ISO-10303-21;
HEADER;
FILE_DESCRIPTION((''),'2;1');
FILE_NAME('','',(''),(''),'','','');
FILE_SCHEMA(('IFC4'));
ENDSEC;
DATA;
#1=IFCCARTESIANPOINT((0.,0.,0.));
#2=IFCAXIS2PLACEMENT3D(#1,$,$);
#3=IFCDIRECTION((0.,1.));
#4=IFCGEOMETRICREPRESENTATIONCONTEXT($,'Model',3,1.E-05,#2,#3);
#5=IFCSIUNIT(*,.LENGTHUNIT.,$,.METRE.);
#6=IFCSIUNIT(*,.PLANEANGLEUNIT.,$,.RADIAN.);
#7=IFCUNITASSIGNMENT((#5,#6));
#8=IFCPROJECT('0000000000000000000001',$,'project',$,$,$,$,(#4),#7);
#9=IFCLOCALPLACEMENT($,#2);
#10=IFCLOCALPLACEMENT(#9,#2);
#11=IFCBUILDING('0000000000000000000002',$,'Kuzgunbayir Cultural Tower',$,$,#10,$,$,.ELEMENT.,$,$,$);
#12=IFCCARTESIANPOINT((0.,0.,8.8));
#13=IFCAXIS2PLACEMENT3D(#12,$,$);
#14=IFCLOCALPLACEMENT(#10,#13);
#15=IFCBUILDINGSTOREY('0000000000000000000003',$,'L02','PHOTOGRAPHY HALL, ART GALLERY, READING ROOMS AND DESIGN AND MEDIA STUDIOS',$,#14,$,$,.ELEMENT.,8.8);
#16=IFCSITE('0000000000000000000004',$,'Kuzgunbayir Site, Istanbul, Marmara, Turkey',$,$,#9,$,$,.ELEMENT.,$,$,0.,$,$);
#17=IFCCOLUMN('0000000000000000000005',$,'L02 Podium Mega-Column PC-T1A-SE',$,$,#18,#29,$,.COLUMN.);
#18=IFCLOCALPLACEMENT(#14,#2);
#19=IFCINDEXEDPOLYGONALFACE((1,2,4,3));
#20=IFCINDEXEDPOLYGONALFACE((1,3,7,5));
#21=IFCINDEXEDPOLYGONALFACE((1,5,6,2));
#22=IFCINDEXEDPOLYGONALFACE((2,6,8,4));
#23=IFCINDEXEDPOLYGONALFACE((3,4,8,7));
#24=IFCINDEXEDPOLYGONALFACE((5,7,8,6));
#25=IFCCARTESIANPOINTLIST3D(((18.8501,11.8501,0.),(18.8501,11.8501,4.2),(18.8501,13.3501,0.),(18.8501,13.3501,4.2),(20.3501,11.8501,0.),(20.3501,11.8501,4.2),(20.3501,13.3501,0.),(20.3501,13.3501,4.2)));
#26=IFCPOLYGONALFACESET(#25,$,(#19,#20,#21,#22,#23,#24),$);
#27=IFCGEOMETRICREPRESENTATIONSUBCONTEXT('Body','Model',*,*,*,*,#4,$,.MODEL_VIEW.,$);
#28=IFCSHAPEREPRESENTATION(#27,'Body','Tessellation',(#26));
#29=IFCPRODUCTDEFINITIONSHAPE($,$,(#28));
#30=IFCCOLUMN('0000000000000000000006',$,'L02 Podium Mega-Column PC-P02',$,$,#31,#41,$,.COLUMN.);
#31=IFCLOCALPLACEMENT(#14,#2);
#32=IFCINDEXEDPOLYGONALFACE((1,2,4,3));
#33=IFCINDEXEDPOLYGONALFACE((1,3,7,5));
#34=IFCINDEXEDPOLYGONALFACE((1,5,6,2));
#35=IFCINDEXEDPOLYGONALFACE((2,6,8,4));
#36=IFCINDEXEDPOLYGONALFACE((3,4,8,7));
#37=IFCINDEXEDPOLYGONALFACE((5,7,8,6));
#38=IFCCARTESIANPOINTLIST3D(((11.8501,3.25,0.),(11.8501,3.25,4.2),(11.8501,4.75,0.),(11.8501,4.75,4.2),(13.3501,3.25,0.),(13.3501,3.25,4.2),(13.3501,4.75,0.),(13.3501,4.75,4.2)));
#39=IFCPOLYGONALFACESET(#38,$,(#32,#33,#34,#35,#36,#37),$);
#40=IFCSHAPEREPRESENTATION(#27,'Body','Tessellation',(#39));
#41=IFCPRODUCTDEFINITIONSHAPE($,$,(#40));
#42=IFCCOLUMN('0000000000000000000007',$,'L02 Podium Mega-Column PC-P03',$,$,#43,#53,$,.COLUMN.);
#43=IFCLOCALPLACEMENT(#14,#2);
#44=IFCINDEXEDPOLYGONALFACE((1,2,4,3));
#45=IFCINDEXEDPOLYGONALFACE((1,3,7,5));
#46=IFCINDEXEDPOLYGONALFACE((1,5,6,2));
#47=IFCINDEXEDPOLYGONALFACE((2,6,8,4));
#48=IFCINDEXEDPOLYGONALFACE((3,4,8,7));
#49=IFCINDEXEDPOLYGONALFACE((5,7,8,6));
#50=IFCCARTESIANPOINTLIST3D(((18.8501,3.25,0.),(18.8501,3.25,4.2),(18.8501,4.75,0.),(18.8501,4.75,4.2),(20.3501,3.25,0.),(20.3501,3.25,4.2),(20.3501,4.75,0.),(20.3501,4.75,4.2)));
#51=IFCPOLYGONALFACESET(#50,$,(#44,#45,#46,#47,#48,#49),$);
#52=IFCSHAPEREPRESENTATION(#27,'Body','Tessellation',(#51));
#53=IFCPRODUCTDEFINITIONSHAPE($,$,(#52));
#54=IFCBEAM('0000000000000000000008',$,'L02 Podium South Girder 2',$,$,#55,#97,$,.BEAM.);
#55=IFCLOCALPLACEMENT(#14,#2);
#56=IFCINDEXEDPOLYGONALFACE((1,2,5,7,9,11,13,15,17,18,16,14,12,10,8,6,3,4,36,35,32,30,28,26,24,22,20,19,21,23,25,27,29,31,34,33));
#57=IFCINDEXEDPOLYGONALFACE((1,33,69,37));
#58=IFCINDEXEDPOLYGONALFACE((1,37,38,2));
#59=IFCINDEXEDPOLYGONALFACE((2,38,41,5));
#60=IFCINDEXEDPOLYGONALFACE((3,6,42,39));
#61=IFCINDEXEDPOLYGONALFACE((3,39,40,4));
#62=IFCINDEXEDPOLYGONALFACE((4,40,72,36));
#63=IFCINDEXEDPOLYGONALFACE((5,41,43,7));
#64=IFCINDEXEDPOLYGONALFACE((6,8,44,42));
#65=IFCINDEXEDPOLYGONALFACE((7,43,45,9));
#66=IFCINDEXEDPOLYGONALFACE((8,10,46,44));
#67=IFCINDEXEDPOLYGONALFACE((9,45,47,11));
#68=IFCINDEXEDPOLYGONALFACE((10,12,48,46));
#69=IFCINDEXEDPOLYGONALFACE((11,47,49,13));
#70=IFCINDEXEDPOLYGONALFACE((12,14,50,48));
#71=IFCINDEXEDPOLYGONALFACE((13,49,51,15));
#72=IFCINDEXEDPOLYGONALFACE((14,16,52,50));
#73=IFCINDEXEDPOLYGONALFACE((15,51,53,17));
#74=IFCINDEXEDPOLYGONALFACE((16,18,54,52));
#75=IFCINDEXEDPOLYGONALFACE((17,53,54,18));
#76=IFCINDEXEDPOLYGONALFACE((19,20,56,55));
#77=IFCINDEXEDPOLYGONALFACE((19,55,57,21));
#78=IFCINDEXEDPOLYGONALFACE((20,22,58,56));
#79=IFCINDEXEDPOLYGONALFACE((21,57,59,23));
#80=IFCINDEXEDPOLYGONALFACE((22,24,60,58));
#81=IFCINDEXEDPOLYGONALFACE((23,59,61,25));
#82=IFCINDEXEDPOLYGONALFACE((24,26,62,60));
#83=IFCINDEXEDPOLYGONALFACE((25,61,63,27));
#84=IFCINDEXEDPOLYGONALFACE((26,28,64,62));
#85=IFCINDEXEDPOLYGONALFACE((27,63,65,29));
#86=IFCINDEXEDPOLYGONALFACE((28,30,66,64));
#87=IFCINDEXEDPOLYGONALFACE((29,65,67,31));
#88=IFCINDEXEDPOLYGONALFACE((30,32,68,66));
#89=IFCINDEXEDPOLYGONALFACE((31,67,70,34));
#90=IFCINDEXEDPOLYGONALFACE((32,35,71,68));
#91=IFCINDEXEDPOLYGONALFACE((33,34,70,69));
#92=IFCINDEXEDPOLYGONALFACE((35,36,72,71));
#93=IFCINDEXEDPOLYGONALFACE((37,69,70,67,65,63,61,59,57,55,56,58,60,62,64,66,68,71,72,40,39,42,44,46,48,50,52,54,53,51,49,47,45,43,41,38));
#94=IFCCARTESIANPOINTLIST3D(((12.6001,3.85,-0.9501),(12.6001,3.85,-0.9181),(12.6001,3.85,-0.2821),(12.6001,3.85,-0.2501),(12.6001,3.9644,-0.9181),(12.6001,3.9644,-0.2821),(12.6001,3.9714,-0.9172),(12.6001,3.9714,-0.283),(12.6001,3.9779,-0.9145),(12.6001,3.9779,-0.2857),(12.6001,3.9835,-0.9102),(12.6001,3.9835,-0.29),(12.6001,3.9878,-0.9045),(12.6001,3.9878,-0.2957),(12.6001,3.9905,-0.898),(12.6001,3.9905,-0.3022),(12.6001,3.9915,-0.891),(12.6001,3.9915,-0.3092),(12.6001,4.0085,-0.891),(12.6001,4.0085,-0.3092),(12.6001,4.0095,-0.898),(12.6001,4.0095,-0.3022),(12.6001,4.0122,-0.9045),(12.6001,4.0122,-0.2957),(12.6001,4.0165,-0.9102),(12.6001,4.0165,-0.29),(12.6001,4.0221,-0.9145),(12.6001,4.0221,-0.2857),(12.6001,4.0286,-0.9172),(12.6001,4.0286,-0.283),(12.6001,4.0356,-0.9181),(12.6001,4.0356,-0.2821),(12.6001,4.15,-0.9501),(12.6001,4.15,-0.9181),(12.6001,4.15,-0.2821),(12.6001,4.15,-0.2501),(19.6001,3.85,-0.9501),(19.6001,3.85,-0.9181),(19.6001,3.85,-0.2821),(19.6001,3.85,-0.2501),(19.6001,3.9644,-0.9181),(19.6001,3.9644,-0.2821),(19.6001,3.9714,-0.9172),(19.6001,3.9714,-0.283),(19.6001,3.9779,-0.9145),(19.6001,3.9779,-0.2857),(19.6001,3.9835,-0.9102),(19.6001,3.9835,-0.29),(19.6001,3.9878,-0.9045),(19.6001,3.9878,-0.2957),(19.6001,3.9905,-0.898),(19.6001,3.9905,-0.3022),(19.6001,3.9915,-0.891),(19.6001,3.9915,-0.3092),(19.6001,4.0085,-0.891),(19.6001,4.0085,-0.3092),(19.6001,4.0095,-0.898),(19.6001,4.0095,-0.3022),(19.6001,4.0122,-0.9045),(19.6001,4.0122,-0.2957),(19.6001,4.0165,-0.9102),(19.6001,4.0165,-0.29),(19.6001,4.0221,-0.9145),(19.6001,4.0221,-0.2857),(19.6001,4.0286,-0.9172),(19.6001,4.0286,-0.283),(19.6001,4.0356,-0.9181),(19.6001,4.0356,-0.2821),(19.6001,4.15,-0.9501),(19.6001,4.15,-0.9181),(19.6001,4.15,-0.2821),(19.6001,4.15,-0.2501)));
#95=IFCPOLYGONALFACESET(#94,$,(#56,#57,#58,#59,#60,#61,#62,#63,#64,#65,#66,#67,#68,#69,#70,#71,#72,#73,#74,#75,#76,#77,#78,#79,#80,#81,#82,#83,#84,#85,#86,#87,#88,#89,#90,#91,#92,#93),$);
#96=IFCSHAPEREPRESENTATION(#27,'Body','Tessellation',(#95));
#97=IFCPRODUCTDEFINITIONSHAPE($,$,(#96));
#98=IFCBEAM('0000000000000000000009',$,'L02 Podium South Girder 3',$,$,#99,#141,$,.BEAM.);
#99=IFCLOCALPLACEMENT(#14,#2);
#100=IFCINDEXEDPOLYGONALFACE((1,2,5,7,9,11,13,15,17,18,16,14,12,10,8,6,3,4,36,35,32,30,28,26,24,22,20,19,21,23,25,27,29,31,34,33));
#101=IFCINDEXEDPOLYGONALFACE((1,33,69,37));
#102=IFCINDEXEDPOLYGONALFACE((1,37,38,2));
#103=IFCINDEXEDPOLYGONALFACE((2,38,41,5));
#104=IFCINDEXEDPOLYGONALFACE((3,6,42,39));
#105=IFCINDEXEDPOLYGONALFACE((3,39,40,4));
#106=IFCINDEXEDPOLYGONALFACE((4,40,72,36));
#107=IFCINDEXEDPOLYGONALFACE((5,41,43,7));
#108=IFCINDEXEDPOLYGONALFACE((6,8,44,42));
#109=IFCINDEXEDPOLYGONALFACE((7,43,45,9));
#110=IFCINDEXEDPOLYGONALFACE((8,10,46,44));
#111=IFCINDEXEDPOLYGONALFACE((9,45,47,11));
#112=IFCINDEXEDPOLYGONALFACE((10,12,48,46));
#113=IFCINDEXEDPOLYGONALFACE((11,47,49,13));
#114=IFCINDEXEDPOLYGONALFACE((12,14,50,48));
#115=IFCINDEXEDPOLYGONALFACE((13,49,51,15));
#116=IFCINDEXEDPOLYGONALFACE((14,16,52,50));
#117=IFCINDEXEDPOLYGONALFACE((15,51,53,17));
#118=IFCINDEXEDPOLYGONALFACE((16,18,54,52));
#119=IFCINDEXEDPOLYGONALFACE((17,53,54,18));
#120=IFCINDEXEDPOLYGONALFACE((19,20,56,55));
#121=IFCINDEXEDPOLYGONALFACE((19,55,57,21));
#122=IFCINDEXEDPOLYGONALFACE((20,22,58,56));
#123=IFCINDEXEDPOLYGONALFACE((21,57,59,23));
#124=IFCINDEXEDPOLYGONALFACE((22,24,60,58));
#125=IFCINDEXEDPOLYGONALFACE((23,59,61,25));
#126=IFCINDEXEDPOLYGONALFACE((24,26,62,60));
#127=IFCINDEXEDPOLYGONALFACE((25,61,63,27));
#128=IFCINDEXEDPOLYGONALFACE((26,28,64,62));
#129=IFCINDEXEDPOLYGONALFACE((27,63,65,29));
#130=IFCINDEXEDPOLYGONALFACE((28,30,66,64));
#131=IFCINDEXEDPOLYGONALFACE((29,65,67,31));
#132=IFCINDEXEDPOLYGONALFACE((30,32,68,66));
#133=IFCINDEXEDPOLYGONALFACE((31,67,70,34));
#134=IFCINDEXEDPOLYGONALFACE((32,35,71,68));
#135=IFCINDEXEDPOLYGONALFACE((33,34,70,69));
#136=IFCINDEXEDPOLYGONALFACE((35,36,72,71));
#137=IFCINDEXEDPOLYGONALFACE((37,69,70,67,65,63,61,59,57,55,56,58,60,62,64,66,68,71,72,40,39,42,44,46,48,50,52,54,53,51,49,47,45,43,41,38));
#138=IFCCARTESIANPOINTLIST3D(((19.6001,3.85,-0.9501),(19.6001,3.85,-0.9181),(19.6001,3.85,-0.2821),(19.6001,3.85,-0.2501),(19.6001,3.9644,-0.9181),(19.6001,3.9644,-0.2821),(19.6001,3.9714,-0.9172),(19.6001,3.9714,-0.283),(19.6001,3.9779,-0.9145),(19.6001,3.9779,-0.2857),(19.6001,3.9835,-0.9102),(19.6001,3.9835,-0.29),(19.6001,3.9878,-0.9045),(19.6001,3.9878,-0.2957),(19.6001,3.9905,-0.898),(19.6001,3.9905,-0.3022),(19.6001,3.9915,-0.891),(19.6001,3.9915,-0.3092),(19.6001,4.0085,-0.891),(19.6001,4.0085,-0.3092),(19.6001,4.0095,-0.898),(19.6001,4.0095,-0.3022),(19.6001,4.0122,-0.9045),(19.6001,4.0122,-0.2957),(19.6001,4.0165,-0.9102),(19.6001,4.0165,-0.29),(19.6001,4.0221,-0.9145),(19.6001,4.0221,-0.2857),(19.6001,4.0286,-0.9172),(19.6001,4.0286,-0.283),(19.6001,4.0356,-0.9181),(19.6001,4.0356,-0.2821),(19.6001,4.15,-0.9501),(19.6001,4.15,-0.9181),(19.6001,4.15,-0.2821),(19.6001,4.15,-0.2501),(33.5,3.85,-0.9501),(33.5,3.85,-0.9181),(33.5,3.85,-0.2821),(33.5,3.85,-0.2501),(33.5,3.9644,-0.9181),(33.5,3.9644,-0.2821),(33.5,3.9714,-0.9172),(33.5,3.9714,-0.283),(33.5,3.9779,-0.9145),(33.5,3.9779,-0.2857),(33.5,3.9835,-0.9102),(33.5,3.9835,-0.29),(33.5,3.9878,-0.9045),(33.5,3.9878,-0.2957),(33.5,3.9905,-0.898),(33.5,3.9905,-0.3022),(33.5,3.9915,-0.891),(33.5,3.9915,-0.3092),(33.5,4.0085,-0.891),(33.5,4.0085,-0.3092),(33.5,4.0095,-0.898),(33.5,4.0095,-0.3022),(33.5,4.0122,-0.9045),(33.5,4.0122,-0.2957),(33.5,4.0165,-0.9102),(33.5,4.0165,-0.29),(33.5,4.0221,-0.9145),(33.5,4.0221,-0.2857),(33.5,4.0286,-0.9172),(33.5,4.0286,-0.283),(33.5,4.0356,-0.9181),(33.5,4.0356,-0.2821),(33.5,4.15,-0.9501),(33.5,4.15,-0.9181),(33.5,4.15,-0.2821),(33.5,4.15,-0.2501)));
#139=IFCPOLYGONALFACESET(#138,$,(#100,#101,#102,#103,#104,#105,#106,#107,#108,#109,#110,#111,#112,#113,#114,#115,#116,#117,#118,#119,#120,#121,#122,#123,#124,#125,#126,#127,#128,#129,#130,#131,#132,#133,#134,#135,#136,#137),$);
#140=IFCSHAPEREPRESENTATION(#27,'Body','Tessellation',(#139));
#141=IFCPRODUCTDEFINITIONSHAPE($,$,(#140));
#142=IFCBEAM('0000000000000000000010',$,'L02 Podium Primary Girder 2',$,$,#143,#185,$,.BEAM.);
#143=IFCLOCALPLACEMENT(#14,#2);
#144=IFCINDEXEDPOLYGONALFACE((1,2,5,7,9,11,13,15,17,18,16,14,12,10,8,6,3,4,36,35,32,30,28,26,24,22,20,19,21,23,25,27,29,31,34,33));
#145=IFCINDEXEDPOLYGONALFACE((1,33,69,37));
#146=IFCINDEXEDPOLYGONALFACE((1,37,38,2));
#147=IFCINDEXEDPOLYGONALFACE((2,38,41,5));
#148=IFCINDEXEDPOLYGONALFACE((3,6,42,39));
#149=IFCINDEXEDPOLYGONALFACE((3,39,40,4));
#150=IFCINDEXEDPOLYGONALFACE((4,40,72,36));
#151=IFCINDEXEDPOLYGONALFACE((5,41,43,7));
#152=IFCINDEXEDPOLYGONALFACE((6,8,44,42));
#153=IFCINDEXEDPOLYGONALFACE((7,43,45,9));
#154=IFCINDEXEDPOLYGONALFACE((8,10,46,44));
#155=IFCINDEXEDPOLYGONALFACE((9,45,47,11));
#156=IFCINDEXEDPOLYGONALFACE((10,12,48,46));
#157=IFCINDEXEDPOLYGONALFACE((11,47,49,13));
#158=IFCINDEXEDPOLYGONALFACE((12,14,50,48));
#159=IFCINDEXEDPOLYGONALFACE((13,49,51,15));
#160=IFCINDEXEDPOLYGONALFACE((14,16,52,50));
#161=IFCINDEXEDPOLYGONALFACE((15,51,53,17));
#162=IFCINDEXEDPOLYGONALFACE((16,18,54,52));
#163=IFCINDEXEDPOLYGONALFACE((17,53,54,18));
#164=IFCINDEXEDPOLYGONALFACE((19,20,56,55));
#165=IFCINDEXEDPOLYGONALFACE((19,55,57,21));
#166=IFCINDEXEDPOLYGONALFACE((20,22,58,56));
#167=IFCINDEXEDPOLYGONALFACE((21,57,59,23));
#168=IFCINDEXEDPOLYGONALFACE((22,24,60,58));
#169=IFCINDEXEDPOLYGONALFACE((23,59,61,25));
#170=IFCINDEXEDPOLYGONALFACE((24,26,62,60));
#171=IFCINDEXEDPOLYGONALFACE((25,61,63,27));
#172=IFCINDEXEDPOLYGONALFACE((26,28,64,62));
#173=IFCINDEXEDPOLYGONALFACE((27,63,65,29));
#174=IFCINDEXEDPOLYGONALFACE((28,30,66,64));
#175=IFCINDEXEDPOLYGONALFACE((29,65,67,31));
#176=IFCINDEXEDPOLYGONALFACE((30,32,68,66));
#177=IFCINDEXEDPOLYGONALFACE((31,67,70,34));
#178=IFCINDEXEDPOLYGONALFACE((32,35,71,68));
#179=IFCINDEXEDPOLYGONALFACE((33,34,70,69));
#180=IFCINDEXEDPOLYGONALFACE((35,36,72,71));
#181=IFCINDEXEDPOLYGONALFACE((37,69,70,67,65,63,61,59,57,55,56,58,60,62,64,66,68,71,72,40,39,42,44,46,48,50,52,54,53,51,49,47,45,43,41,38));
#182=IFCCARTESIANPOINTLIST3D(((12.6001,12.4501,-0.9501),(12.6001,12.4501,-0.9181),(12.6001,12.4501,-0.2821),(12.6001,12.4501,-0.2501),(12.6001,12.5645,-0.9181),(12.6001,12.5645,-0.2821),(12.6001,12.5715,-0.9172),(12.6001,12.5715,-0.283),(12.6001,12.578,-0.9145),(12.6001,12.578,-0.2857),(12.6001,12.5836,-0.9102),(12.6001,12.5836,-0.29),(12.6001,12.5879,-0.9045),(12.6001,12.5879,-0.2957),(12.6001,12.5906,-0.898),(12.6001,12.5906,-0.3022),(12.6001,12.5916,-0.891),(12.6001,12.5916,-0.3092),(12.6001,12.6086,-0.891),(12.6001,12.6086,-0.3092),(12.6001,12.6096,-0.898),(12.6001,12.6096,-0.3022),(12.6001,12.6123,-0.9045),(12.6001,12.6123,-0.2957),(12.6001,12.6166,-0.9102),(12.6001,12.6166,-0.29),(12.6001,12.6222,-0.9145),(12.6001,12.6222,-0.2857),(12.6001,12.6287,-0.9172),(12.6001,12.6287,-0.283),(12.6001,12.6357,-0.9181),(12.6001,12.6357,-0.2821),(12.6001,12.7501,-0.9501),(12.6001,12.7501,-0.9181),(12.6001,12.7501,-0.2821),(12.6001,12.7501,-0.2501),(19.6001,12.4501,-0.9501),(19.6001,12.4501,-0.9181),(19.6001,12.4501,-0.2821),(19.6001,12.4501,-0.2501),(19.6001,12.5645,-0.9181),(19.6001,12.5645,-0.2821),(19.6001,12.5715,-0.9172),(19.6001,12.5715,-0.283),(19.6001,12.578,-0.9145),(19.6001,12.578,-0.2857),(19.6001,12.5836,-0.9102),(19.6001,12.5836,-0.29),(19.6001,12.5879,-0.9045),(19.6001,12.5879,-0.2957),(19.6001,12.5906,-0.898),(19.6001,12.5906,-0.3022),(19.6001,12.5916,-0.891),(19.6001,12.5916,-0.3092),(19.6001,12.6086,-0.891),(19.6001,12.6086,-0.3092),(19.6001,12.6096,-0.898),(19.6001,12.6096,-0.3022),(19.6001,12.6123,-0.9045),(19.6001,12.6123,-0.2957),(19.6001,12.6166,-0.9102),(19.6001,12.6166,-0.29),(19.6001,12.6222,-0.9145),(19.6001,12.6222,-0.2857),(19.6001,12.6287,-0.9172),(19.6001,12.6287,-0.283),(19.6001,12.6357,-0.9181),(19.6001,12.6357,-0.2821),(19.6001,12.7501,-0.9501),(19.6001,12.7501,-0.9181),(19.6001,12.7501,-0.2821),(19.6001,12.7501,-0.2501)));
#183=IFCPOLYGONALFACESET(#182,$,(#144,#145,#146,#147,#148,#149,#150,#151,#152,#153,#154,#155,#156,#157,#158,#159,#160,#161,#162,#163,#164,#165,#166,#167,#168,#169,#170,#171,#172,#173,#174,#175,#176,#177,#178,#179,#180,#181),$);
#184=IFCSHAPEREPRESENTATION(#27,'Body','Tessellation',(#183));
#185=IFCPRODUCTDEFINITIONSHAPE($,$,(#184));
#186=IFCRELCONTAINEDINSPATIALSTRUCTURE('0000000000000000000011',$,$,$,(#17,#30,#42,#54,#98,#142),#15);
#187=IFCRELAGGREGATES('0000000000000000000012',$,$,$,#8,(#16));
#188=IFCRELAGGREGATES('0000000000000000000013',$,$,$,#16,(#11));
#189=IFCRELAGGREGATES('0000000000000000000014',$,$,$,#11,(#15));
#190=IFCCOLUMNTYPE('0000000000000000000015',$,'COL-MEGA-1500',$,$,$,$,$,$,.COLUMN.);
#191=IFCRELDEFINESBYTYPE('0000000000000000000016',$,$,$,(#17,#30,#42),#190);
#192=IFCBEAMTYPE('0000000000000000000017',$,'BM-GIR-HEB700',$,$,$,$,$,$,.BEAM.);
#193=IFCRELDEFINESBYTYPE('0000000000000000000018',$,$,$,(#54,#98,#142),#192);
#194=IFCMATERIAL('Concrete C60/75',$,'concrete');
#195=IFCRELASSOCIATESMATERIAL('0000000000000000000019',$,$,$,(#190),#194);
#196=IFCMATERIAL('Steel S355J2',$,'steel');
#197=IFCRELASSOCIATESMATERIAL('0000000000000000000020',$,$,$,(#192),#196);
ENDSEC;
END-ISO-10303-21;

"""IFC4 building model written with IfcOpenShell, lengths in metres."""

from ifc_helpers import new_model, si_unit, direction, frame, origin, origin_2d, place, context, subcontext, project, spatial, rectangle, i_section, extrude, material, material_profile, profile_set, type_object, element, save


model = new_model("IFC4")

# Units and contexts
model_context = context("Model", 3, precision=1e-05, world=origin(), true_north=direction((0.0, 1.0)))
body_context = subcontext(model_context, "Body", "Model", "MODEL_VIEW")
ifc_project = project(units=[si_unit("LENGTHUNIT", "METRE"), si_unit("PLANEANGLEUNIT", "RADIAN")], contexts=[model_context])

# Site, building, storey
site_placement = place(None, origin())
site = spatial("IfcSite", under=ifc_project, at=site_placement, Name="Kuzgunbayir Site, Istanbul, Marmara, Turkey", CompositionType="ELEMENT", RefElevation=0.0)
building_placement = place(site_placement, origin())
building = spatial("IfcBuilding", under=site, at=building_placement, Name="Kuzgunbayir Cultural Tower", CompositionType="ELEMENT")
storey_placement = place(building_placement, frame((0.0, 0.0, 8.8)))
storey = spatial("IfcBuildingStorey", under=building, at=storey_placement, Name="L02", Description="PHOTOGRAPHY HALL, ART GALLERY, READING ROOMS AND DESIGN AND MEDIA STUDIOS", CompositionType="ELEMENT", Elevation=8.8)

# Columns
ifc_material_1 = material(Name="Concrete C60/75", Category="concrete")
ifc_material_profile_1 = material_profile(ifc_material_1, rectangle(XDim=1.5, YDim=1.5, at=origin_2d()), Name="RC 1500x1500")
ifc_profile_set_1 = profile_set([ifc_material_profile_1], Name="Concrete C60/75")
column_type = type_object("IfcColumnType", Name="COL-MEGA-1500", PredefinedType="COLUMN", material=ifc_profile_set_1)
for number, where, z_axis, x_axis, name in (
    (1, (19.6001, 12.6001, 0.0), (0.0, 0.0, 1.0), (1.0, 0.0, 0.0), "L02 Podium Mega-Column PC-T1A-SE"),
    (2, (12.6001, 4.0, 0.0), (0.0, 0.0, 1.0), (1.0, 0.0, 0.0), "L02 Podium Mega-Column PC-P02"),
    (3, (19.6001, 4.0, 0.0), (0.0, 0.0, 1.0), (1.0, 0.0, 0.0), "L02 Podium Mega-Column PC-P03"),
):
    element("IfcColumn", number, at=place(storey_placement, frame(where, z_axis=z_axis, x_axis=x_axis)), inside=storey, type_object=column_type, Name=name, PredefinedType="COLUMN", context=body_context, shape_type="SweptSolid", body=[
        extrude(rectangle(XDim=1.5, YDim=1.5, at=origin_2d()), origin(), (0.0, 0.0, 1.0), 4.2),
    ])

# Beams
ifc_material_2 = material(Name="Steel S355J2", Category="steel")
ifc_material_profile_2 = material_profile(ifc_material_2, i_section(OverallWidth=0.3, OverallDepth=0.7, WebThickness=0.0171, FlangeThickness=0.032, FilletRadius=0.0271, at=origin_2d()), Name="HEB 700")
ifc_profile_set_2 = profile_set([ifc_material_profile_2], Name="Steel S355J2")
beam_type_1 = type_object("IfcBeamType", Name="BM-GIR-HEB700", PredefinedType="BEAM", material=ifc_profile_set_2)
beam_1_placement = place(storey_placement, frame((12.6001, 4.0, -0.6001), z_axis=(1.0, 0.0, 0.0), x_axis=(0.0, 1.0, 0.0)))
element("IfcBeam", 4, at=beam_1_placement, inside=storey, type_object=beam_type_1, Name="L02 Podium South Girder 2", PredefinedType="BEAM", context=body_context, shape_type="SweptSolid", body=[
    extrude(i_section(OverallWidth=0.3, OverallDepth=0.7, WebThickness=0.0171, FlangeThickness=0.032, FilletRadius=0.0271, at=origin_2d()), origin(), (0.0, 0.0, 1.0), 7.0),
])
beam_2_placement = place(storey_placement, frame((19.6001, 4.0, -0.6001), z_axis=(1.0, 0.0, 0.0), x_axis=(0.0, 1.0, 0.0)))
element("IfcBeam", 5, at=beam_2_placement, inside=storey, type_object=beam_type_1, Name="L02 Podium South Girder 3", PredefinedType="BEAM", context=body_context, shape_type="SweptSolid", body=[
    extrude(i_section(OverallWidth=0.3, OverallDepth=0.7, WebThickness=0.0171, FlangeThickness=0.032, FilletRadius=0.0271, at=origin_2d()), origin(), (0.0, 0.0, 1.0), 13.8999),
])
beam_3_placement = place(storey_placement, frame((12.6001, 12.6001, -0.6001), z_axis=(1.0, 0.0, 0.0), x_axis=(0.0, 1.0, 0.0)))
element("IfcBeam", 6, at=beam_3_placement, inside=storey, type_object=beam_type_1, Name="L02 Podium Primary Girder 2", PredefinedType="BEAM", context=body_context, shape_type="SweptSolid", body=[
    extrude(i_section(OverallWidth=0.3, OverallDepth=0.7, WebThickness=0.0171, FlangeThickness=0.032, FilletRadius=0.0271, at=origin_2d()), origin(), (0.0, 0.0, 1.0), 7.0),
])

save(model, "model.ifc")
